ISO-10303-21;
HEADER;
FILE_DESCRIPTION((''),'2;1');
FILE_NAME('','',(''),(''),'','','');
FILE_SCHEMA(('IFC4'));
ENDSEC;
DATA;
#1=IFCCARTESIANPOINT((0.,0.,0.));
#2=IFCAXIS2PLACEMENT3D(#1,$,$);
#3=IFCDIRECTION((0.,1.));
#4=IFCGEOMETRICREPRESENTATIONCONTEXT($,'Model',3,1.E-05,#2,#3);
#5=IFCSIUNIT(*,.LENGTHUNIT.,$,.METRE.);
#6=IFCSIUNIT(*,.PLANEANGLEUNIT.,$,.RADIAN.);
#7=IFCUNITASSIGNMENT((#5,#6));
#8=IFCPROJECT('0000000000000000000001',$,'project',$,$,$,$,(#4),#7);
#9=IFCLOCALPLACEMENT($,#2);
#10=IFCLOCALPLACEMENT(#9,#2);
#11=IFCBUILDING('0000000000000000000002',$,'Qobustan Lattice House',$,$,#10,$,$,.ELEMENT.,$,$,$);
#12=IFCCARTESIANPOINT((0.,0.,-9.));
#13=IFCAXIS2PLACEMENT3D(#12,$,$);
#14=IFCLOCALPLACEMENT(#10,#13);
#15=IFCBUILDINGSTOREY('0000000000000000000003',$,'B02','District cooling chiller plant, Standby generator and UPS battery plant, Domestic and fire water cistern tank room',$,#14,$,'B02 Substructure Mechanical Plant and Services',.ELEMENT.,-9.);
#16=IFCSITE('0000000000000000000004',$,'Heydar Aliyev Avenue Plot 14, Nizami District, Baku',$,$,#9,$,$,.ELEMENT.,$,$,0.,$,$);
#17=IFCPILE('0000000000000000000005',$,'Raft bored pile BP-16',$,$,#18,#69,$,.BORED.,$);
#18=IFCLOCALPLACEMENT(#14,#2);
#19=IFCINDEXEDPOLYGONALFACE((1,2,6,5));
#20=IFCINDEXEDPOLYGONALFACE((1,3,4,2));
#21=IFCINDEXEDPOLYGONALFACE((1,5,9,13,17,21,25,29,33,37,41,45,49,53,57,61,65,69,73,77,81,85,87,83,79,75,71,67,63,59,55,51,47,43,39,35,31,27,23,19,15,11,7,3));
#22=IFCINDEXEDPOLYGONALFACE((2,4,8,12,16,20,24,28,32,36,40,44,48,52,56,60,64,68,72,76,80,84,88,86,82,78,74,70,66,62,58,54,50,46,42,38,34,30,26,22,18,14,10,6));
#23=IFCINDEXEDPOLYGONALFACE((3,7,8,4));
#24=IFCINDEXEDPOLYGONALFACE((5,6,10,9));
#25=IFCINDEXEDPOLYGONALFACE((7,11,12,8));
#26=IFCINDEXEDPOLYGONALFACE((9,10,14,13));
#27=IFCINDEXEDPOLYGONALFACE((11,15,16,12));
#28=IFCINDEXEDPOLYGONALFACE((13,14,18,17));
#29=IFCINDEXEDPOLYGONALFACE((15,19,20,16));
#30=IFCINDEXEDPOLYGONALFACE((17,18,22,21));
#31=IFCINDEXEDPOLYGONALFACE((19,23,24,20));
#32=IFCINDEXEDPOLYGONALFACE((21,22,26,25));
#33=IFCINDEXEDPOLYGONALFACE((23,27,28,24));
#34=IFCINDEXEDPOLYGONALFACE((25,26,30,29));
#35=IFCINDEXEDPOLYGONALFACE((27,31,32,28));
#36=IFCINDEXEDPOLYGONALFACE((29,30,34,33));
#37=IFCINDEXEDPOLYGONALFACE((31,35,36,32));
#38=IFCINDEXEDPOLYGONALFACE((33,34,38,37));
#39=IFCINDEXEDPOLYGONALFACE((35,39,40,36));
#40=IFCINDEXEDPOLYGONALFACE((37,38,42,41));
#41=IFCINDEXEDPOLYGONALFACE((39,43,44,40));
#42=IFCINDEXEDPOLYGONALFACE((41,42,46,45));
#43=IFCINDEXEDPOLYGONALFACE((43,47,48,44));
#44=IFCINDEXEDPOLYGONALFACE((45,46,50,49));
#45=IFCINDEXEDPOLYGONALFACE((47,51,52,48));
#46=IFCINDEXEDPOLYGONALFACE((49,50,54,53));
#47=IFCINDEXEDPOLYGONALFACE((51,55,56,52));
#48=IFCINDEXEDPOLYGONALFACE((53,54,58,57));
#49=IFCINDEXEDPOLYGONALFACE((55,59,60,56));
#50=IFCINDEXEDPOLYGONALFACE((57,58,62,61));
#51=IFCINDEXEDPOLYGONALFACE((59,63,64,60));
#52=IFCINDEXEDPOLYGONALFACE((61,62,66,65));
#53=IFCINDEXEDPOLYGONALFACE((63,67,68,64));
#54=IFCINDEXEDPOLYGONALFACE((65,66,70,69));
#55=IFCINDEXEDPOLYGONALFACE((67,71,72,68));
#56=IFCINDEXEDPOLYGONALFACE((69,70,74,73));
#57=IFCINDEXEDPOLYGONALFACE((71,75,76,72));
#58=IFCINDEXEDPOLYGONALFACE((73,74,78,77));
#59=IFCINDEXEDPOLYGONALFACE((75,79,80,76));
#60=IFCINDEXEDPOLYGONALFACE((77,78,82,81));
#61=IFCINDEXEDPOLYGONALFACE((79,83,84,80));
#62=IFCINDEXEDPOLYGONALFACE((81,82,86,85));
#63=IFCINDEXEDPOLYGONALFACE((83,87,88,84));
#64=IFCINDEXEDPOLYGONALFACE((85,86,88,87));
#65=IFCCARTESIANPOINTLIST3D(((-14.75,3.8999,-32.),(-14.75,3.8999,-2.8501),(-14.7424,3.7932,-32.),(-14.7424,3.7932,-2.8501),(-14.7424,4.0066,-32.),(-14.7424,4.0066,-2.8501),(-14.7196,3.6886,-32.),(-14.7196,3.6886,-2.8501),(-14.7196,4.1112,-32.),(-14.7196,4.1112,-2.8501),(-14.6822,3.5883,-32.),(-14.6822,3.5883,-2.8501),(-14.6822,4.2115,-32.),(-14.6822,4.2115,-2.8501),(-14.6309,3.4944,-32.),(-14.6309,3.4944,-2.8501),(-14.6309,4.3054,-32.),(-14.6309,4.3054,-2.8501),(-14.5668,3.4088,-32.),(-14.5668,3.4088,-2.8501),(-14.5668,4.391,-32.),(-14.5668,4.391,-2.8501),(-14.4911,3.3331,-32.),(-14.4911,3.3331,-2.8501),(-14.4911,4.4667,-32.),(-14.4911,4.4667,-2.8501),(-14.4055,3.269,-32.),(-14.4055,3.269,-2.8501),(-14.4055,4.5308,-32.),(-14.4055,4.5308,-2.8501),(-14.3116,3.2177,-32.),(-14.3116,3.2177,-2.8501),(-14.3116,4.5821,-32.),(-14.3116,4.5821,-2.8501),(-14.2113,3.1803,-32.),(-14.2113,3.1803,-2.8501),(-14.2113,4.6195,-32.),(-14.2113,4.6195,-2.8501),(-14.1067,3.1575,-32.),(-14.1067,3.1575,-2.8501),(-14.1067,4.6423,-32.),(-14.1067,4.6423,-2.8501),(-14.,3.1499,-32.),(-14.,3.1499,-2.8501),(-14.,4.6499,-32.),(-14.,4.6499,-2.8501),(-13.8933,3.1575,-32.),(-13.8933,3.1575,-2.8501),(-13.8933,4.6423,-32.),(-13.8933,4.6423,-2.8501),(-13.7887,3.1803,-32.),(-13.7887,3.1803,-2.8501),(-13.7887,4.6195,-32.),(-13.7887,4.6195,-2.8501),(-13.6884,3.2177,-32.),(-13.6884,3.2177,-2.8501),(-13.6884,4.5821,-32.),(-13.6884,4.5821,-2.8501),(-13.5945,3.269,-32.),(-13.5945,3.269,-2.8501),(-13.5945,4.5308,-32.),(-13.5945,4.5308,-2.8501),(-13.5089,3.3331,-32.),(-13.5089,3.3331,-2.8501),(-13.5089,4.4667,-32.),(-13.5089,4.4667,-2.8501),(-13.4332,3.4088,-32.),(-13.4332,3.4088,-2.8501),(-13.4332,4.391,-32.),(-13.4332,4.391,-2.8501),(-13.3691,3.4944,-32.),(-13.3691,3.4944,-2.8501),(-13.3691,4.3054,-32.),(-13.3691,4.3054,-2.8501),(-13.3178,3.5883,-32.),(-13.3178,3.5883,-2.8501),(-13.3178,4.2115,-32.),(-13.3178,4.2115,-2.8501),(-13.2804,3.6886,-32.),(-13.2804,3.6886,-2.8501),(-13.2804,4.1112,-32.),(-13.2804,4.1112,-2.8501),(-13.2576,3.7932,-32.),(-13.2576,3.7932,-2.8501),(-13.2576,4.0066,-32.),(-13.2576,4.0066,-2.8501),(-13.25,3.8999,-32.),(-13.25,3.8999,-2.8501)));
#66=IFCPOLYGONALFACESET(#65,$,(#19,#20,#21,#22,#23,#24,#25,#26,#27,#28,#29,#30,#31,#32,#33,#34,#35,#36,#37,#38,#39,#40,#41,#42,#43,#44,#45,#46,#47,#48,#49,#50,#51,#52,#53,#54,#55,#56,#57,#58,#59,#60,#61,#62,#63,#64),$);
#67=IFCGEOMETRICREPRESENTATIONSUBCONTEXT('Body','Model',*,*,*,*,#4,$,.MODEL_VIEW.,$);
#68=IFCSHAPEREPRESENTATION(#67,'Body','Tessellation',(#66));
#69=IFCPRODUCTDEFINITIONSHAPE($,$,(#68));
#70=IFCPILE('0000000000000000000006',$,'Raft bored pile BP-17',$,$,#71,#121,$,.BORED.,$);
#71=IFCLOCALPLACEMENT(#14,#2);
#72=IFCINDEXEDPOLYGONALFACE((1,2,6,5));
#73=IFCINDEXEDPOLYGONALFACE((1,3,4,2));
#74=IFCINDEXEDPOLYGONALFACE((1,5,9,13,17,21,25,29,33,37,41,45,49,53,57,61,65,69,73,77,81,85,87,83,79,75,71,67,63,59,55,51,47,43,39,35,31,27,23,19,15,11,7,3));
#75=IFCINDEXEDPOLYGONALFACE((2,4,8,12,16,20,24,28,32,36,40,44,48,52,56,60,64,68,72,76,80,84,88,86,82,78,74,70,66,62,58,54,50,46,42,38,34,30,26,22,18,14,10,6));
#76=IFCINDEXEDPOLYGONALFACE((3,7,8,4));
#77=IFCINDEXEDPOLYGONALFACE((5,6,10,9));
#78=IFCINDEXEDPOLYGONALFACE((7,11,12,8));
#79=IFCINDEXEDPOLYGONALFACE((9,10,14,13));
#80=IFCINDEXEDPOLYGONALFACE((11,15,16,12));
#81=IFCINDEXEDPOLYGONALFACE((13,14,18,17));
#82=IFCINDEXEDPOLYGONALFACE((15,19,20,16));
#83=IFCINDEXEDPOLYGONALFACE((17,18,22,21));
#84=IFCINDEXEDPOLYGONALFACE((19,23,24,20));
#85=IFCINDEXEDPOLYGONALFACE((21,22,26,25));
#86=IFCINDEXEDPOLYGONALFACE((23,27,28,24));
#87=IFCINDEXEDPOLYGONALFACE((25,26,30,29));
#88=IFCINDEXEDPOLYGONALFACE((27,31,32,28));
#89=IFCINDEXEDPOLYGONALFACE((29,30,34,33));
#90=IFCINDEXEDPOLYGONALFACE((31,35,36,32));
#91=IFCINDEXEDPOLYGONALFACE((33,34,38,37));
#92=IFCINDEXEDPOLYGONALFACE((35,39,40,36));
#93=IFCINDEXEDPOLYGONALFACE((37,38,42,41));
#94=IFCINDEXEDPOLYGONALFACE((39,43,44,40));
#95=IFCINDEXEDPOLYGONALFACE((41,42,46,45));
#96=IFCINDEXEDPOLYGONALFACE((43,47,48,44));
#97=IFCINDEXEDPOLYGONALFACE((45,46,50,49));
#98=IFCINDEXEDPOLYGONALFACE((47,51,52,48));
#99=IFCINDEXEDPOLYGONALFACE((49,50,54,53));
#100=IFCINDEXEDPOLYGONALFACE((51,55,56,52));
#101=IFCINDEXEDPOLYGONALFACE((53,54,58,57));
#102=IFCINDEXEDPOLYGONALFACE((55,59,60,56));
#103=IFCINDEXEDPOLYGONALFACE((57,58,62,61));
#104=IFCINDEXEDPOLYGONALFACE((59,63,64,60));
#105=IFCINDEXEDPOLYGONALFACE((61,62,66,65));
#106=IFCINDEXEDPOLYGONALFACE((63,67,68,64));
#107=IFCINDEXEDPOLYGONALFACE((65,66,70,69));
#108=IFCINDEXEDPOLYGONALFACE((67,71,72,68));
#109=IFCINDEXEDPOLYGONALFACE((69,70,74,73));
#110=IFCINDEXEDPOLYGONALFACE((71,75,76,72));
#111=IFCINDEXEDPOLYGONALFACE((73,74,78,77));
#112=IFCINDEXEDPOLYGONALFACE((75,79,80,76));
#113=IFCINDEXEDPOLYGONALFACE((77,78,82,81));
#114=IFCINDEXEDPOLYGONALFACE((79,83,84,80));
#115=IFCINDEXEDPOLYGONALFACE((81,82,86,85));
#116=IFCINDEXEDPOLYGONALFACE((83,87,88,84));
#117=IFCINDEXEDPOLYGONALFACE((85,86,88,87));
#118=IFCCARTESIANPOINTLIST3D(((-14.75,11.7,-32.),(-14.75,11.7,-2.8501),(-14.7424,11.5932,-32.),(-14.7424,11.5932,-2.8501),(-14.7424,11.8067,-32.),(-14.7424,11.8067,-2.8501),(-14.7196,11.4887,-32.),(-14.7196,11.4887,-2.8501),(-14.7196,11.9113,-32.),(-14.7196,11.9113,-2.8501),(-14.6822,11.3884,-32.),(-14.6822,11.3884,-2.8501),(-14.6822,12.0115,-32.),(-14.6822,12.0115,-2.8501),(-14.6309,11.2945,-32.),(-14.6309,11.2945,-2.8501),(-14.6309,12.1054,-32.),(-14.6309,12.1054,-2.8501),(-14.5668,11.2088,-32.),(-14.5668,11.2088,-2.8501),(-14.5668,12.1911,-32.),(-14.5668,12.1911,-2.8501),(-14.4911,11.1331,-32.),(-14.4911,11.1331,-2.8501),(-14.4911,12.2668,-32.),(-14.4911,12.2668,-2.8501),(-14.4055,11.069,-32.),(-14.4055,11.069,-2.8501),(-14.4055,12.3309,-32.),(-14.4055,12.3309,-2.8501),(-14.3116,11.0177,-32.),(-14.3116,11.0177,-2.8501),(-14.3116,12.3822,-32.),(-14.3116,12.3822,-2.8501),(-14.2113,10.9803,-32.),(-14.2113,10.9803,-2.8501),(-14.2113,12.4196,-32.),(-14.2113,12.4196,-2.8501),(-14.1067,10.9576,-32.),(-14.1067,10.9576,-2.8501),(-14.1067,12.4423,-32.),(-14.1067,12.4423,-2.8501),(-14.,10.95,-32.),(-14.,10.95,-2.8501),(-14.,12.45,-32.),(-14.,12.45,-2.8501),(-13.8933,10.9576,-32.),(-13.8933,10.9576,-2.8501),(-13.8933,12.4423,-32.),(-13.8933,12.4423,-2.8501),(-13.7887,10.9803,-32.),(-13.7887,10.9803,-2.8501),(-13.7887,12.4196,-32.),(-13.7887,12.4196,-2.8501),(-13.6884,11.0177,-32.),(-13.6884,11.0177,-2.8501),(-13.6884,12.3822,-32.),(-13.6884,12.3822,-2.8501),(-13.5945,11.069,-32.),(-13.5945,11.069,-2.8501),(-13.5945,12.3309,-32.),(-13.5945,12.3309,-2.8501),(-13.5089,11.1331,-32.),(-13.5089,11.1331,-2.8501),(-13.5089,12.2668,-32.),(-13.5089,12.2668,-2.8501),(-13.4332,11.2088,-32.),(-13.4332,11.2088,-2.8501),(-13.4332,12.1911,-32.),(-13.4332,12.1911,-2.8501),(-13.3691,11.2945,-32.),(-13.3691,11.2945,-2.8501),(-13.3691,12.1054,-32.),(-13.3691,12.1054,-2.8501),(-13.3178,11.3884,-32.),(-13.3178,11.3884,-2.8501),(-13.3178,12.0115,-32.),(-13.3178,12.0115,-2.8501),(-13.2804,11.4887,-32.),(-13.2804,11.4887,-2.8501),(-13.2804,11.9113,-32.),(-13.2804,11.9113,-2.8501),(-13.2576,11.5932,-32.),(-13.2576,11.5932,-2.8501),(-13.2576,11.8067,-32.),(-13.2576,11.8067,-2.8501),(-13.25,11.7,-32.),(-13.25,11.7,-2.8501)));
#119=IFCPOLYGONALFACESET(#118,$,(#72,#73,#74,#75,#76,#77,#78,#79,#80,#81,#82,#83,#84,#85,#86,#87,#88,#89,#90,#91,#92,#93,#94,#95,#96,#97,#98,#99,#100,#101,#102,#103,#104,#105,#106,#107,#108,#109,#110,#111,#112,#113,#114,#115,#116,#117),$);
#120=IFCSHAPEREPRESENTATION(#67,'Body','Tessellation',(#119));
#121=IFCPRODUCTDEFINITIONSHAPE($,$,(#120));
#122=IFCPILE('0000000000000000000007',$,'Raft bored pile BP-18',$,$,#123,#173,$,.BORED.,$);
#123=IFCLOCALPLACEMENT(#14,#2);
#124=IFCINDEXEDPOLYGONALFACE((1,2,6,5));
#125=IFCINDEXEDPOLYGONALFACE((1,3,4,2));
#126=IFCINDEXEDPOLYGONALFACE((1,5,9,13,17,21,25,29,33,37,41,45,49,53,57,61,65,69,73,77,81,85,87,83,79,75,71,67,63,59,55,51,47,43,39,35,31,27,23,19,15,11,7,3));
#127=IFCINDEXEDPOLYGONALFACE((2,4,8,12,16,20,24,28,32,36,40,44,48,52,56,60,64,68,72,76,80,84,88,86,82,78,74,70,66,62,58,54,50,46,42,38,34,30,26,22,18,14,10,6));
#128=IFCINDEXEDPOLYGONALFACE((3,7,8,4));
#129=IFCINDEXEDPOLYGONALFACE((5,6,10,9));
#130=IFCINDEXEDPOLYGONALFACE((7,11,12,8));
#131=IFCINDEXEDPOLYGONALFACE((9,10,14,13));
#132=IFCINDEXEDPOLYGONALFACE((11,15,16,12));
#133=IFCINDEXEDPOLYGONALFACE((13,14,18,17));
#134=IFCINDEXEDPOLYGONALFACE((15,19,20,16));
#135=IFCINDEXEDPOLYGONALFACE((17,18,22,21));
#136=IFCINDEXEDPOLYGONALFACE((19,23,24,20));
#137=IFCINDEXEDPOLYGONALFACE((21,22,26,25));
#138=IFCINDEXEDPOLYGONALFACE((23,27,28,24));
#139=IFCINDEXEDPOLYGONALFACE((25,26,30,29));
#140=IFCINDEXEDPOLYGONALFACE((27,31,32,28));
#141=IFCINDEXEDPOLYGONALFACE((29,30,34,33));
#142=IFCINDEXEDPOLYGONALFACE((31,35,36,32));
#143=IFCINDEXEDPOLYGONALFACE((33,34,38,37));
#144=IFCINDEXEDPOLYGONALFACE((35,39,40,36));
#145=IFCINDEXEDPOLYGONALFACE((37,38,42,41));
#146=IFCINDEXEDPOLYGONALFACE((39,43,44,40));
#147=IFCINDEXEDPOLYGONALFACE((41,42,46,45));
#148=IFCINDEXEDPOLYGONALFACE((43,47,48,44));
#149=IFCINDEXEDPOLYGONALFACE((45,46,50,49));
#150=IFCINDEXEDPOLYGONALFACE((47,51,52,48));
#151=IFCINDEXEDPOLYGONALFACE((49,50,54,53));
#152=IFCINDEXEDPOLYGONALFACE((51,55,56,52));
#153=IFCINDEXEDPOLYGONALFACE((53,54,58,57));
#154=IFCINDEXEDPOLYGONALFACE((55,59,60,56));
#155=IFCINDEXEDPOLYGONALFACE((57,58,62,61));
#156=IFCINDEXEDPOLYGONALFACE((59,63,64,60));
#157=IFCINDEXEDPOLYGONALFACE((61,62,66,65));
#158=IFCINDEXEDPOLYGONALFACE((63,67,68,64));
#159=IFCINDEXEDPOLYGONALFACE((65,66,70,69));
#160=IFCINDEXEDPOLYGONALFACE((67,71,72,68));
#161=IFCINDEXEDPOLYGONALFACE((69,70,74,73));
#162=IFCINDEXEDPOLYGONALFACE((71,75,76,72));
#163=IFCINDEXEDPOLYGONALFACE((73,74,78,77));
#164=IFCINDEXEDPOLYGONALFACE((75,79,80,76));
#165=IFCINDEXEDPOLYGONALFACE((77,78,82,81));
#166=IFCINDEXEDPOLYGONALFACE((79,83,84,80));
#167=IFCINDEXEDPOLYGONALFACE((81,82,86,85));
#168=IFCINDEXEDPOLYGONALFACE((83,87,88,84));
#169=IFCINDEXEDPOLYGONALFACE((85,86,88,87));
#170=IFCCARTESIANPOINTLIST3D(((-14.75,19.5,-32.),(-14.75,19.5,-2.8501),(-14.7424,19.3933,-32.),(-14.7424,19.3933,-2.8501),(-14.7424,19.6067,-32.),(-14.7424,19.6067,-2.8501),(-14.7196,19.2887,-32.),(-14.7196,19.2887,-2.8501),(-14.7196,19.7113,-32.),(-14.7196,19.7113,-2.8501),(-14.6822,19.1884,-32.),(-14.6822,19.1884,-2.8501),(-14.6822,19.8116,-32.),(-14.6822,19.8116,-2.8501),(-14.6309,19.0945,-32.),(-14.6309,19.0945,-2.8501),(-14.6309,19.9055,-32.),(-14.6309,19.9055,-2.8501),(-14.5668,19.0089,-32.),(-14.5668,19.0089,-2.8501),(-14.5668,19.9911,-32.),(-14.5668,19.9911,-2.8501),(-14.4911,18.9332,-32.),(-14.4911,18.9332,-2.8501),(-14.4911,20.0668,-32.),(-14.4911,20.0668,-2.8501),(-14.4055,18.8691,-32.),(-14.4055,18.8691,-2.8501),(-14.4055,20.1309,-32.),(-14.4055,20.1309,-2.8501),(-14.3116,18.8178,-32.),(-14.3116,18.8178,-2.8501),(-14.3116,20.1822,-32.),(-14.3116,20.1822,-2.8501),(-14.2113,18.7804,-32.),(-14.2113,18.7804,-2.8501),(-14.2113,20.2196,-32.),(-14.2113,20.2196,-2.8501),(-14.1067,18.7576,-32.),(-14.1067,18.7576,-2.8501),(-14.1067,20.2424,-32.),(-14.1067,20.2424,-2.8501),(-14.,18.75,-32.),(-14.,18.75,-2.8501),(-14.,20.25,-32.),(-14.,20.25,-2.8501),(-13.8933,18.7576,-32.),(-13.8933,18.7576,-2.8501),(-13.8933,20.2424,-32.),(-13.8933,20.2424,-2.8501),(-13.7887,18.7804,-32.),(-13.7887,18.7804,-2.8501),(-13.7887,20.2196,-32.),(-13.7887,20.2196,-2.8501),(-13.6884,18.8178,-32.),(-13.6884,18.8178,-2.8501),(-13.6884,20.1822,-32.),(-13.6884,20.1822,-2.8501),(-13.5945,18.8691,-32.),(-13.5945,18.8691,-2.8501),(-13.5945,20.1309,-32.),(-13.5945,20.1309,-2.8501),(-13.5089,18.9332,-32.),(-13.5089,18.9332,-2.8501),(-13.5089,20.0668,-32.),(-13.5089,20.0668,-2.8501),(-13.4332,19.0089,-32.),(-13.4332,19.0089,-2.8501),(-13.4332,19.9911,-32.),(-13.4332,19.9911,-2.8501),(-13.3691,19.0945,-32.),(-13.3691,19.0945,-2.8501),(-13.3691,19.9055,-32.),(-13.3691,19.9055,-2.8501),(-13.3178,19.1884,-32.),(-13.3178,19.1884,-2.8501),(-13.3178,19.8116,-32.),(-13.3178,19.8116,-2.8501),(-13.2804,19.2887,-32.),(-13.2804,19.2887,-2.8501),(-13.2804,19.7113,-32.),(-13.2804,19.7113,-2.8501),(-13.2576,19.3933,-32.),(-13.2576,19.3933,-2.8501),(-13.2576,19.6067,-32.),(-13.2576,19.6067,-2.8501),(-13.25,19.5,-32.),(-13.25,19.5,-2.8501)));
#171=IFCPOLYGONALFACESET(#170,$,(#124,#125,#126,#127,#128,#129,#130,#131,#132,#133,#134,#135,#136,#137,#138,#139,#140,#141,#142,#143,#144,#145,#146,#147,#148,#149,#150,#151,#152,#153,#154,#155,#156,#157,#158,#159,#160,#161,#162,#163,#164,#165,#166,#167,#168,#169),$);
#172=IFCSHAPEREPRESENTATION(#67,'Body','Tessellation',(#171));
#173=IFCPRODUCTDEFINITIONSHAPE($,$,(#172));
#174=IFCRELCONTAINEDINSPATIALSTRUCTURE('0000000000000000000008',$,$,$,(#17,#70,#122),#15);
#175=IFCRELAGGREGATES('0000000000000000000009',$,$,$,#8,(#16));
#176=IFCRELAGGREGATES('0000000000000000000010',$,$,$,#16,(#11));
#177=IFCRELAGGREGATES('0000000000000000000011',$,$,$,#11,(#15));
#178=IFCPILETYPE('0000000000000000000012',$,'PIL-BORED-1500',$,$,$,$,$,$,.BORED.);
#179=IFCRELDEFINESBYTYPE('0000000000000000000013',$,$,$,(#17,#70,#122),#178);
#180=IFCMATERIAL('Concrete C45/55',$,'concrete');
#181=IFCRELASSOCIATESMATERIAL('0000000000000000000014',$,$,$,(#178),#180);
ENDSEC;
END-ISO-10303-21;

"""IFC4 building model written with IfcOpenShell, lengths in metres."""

from ifc_helpers import new_model, si_unit, direction, frame, origin, origin_2d, place, context, subcontext, project, spatial, circle, extrude, material, material_profile, profile_set, type_object, element, save


model = new_model("IFC4")

# Units and contexts
model_context = context("Model", 3, precision=1e-05, world=origin(), true_north=direction((0.0, 1.0)))
body_context = subcontext(model_context, "Body", "Model", "MODEL_VIEW")
ifc_project = project(units=[si_unit("LENGTHUNIT", "METRE"), si_unit("PLANEANGLEUNIT", "RADIAN")], contexts=[model_context])

# Site, building, storey
site_placement = place(None, origin())
site = spatial("IfcSite", under=ifc_project, at=site_placement, Name="Heydar Aliyev Avenue Plot 14, Nizami District, Baku", CompositionType="ELEMENT", RefElevation=0.0)
building_placement = place(site_placement, origin())
building = spatial("IfcBuilding", under=site, at=building_placement, Name="Qobustan Lattice House", CompositionType="ELEMENT")
storey_placement = place(building_placement, frame((0.0, 0.0, -9.0)))
storey = spatial("IfcBuildingStorey", under=building, at=storey_placement, Name="B02", Description="District cooling chiller plant, Standby generator and UPS battery plant, Domestic and fire water cistern tank room", LongName="B02 Substructure Mechanical Plant and Services", CompositionType="ELEMENT", Elevation=-9.0)

# Piles
ifc_material_1 = material(Name="Concrete C45/55", Category="concrete")
ifc_material_profile_1 = material_profile(ifc_material_1, circle(Radius=0.75, at=origin_2d()), Name="PILE-D1500")
ifc_profile_set_1 = profile_set([ifc_material_profile_1], Name="Concrete C45/55")
pile_type = type_object("IfcPileType", Name="PIL-BORED-1500", PredefinedType="BORED", material=ifc_profile_set_1)
for number, where, z_axis, x_axis, name in (
    (1, (-14.0, 3.8999, -2.8501), (0.0, 0.0, -1.0), (1.0, 0.0, 0.0), "Raft bored pile BP-16"),
    (2, (-14.0, 11.7, -2.8501), (0.0, 0.0, -1.0), (1.0, 0.0, 0.0), "Raft bored pile BP-17"),
    (3, (-14.0, 19.5, -2.8501), (0.0, 0.0, -1.0), (1.0, 0.0, 0.0), "Raft bored pile BP-18"),
):
    element("IfcPile", number, at=place(storey_placement, frame(where, z_axis=z_axis, x_axis=x_axis)), inside=storey, type_object=pile_type, Name=name, PredefinedType="BORED", context=body_context, shape_type="SweptSolid", body=[
        extrude(circle(Radius=0.75, at=origin_2d()), origin(), (0.0, 0.0, 1.0), 29.1499),
    ])

save(model, "model.ifc")
